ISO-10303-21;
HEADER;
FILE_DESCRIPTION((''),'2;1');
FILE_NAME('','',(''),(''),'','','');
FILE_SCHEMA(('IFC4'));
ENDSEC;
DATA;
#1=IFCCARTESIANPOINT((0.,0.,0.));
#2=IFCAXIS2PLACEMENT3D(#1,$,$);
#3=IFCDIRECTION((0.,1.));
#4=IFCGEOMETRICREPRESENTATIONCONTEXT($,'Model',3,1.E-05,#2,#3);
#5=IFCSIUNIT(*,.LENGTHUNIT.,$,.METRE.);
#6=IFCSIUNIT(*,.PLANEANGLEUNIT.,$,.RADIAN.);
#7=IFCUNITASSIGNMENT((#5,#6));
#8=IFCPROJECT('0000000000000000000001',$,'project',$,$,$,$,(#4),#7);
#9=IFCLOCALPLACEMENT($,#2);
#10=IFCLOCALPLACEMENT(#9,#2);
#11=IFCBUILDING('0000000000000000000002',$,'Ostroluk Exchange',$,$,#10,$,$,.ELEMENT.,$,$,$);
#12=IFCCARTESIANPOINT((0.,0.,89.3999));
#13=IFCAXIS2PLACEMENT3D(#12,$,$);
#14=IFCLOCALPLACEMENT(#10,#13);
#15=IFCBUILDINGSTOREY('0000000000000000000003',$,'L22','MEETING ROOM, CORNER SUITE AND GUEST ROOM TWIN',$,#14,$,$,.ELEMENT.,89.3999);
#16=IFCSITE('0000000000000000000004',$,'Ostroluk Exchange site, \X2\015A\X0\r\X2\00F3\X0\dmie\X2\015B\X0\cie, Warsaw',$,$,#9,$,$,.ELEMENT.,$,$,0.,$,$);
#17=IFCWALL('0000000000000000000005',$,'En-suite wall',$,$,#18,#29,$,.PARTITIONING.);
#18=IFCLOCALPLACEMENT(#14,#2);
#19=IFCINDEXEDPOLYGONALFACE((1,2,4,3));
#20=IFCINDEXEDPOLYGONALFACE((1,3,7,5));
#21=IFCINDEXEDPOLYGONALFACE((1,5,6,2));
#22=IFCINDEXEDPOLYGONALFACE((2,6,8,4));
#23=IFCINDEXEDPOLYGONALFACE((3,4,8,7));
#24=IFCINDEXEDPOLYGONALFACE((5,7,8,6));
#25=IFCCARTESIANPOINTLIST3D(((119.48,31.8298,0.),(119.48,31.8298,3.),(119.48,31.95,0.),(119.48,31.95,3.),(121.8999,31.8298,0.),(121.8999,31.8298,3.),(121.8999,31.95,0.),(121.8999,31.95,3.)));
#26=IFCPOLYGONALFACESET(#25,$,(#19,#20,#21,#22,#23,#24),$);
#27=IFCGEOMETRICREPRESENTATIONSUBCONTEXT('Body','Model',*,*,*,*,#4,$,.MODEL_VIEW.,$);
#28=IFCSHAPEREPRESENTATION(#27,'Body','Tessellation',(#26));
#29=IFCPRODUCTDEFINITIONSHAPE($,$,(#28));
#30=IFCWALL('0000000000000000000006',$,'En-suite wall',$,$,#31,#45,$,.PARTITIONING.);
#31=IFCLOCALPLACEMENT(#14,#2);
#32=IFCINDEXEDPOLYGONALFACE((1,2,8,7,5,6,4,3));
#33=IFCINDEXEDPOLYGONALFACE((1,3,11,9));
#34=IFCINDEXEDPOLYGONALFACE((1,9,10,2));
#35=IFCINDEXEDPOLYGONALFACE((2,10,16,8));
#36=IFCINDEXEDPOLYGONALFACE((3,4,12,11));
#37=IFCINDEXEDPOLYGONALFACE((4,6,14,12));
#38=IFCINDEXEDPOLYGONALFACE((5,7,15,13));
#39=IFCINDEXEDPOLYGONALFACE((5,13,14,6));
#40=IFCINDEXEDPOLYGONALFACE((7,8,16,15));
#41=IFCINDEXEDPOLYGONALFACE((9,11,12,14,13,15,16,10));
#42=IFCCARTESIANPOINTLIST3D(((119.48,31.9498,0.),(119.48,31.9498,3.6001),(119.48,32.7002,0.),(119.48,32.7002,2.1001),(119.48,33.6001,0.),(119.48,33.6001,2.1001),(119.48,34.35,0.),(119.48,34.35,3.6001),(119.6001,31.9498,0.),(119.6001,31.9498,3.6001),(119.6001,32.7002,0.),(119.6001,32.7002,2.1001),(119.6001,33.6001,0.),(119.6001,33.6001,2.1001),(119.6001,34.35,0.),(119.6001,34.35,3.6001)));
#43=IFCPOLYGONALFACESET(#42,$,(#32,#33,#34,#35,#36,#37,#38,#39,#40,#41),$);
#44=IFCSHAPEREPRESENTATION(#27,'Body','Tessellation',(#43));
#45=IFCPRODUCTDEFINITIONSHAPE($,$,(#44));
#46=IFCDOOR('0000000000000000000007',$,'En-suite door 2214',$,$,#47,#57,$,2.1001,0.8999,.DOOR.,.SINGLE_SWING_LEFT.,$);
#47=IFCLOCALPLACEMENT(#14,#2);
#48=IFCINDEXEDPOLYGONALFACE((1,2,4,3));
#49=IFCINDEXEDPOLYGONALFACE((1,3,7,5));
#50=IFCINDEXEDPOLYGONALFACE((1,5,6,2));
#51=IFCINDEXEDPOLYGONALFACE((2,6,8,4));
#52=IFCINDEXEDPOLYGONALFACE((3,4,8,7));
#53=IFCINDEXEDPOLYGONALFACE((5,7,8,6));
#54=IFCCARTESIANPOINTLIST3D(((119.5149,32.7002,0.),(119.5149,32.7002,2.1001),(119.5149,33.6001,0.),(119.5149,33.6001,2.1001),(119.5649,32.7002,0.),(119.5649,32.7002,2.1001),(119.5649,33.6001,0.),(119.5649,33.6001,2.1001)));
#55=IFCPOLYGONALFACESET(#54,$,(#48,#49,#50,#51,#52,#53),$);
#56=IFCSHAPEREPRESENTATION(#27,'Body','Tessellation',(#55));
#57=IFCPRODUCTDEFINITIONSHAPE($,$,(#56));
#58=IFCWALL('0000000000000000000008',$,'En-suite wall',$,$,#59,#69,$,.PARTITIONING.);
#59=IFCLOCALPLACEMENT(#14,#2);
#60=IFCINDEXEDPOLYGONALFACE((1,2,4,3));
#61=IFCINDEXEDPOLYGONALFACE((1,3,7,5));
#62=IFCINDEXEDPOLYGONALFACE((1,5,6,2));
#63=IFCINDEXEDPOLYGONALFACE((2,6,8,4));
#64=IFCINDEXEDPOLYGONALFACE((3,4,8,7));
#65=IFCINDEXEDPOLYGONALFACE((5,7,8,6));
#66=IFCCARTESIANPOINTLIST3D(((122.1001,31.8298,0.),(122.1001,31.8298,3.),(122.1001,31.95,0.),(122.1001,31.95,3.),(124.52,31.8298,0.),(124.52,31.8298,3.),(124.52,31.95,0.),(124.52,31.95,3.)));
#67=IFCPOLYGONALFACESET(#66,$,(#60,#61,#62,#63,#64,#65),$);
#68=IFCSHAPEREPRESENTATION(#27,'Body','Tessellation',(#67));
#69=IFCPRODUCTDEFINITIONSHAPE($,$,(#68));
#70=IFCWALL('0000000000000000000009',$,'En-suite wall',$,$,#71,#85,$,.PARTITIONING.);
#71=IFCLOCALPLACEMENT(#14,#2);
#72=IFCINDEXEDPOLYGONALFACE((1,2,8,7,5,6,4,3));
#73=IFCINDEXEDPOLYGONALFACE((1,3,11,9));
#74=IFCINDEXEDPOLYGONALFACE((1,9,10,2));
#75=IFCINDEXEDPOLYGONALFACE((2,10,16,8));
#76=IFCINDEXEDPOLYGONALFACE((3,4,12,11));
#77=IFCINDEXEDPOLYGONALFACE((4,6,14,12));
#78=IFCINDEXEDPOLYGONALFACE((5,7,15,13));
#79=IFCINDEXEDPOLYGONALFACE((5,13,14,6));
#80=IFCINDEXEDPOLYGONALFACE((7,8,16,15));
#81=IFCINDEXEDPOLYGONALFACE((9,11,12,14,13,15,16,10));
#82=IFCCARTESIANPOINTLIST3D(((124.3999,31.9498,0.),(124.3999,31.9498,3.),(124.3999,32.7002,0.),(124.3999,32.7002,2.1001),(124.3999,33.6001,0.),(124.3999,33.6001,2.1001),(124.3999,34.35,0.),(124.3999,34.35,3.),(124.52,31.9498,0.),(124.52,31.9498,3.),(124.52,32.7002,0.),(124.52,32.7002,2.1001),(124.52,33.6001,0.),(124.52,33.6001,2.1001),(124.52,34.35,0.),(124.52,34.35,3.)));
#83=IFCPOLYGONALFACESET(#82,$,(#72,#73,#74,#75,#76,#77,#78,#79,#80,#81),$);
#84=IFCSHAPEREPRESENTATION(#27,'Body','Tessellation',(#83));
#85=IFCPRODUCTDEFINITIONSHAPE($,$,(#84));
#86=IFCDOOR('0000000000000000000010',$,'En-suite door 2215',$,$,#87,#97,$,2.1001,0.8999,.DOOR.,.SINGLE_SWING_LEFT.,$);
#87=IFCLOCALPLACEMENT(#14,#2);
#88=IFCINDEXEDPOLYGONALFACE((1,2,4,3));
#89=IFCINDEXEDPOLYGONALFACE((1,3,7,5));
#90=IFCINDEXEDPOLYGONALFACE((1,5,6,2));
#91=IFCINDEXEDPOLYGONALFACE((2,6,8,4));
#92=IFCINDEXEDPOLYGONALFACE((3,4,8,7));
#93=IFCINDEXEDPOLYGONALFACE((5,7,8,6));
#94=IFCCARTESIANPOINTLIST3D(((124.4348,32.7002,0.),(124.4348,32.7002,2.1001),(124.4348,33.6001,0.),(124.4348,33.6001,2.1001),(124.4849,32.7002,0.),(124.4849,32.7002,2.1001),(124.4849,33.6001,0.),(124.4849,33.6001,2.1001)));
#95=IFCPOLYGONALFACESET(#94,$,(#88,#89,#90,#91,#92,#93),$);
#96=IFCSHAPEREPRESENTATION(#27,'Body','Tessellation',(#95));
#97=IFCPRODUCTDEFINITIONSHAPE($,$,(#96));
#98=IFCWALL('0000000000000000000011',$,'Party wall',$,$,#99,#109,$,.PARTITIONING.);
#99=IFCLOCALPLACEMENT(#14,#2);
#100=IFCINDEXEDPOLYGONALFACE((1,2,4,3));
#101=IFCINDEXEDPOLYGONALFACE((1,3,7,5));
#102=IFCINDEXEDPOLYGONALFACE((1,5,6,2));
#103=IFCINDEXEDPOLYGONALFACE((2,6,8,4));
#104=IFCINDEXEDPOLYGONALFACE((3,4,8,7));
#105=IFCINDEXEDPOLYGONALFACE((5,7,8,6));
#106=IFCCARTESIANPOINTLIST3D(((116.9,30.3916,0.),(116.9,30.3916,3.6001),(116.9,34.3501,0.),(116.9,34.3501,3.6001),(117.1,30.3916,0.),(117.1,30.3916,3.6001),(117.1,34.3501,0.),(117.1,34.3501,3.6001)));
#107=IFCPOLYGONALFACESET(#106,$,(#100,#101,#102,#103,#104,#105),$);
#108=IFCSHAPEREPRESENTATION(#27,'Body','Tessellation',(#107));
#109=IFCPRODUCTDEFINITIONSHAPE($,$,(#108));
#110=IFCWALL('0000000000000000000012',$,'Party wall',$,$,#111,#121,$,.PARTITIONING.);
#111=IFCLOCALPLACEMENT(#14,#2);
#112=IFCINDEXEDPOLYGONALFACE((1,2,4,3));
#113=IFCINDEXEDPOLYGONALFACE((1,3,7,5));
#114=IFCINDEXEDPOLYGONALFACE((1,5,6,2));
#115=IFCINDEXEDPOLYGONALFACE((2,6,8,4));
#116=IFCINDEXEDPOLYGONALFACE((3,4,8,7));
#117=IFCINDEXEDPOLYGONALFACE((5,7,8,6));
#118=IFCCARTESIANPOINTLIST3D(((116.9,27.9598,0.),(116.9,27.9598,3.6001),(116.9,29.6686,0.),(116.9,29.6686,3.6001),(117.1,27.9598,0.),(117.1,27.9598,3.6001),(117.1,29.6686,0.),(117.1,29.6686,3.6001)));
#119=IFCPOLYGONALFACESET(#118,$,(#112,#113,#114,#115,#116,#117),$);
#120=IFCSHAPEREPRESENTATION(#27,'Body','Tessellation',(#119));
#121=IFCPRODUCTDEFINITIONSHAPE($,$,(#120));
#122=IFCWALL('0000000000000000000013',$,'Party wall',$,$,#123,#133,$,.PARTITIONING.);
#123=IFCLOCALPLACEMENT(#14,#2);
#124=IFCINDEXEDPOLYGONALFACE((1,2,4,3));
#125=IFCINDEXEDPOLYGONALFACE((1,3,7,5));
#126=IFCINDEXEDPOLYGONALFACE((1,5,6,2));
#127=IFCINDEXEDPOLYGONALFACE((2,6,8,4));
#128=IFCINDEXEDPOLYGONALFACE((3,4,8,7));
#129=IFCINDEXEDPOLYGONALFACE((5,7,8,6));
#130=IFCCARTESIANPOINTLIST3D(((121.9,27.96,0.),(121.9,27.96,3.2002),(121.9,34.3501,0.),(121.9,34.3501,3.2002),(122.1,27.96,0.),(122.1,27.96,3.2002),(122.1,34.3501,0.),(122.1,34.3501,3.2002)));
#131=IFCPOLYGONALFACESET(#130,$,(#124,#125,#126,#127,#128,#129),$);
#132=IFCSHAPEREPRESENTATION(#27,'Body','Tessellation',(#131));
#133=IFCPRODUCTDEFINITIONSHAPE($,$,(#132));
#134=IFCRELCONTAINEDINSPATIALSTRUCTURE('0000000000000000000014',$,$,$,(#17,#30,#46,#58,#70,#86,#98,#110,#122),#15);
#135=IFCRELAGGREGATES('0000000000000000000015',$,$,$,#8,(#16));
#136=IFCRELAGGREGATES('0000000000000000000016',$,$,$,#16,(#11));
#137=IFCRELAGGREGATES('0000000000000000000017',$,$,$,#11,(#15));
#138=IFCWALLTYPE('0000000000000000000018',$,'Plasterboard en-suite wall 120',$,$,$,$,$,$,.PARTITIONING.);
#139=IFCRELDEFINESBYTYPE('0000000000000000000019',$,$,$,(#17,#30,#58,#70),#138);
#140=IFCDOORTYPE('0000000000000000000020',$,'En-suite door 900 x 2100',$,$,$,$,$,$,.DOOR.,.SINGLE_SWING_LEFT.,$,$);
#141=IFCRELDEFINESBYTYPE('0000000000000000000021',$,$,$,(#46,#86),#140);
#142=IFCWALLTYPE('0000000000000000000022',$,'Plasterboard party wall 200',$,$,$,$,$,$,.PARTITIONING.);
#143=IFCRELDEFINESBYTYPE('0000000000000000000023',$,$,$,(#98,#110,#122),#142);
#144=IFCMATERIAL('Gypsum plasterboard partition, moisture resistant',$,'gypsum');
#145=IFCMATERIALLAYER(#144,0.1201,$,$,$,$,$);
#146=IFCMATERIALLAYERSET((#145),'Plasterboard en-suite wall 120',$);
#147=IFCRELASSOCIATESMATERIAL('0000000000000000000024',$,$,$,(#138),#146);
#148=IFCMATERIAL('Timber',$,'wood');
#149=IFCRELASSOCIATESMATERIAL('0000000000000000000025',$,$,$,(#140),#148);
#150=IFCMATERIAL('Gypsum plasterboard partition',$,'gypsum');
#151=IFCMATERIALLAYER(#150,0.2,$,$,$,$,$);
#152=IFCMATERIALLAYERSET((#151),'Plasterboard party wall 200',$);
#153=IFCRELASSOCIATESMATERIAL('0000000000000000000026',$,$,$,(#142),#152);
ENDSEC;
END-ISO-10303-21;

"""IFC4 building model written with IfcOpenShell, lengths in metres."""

from ifc_helpers import new_model, si_unit, direction, frame, frame_2d, origin, place, context, subcontext, project, spatial, rectangle, extrude, material, layer, layer_set, type_object, element, fill, save


model = new_model("IFC4")

# Units and contexts
model_context = context("Model", 3, precision=1e-05, world=origin(), true_north=direction((0.0, 1.0)))
body_context = subcontext(model_context, "Body", "Model", "MODEL_VIEW")
ifc_project = project(units=[si_unit("LENGTHUNIT", "METRE"), si_unit("PLANEANGLEUNIT", "RADIAN")], contexts=[model_context])

# Site, building, storey
site_placement = place(None, origin())
site = spatial("IfcSite", under=ifc_project, at=site_placement, Name="Ostroluk Exchange site, Śródmieście, Warsaw", CompositionType="ELEMENT", RefElevation=0.0)
building_placement = place(site_placement, origin())
building = spatial("IfcBuilding", under=site, at=building_placement, Name="Ostroluk Exchange", CompositionType="ELEMENT")
storey_placement = place(building_placement, frame((0.0, 0.0, 89.3999)))
storey = spatial("IfcBuildingStorey", under=building, at=storey_placement, Name="L22", Description="MEETING ROOM, CORNER SUITE AND GUEST ROOM TWIN", CompositionType="ELEMENT", Elevation=89.3999)

# Shared definitions
ifc_material_1 = material(Name="Gypsum plasterboard partition, moisture resistant", Category="gypsum")
ifc_layer_1 = layer(ifc_material_1, 0.1201)
ifc_layer_set_1 = layer_set([ifc_layer_1], Name="Plasterboard en-suite wall 120")
wall_type_1 = type_object("IfcWallType", Name="Plasterboard en-suite wall 120", PredefinedType="PARTITIONING", material=ifc_layer_set_1)
ifc_material_2 = material(Name="Timber", Category="wood")
door_type = type_object("IfcDoorType", Name="En-suite door 900 x 2100", OperationType="SINGLE_SWING_LEFT", PredefinedType="DOOR", material=ifc_material_2)

# Wall
wall_1_placement = place(storey_placement, frame((119.48, 31.8899, 0.0), z_axis=(0.0, 0.0, 1.0), x_axis=(1.0, 0.0, 0.0)))
element("IfcWall", 1, at=wall_1_placement, inside=storey, type_object=wall_type_1, Name="En-suite wall", PredefinedType="PARTITIONING", context=body_context, shape_type="SweptSolid", body=[
    extrude(rectangle(XDim=2.4199, YDim=0.1201, at=frame_2d((1.21, 0.0))), origin(), (0.0, 0.0, 1.0), 3.0),
])

# Wall, opening, door
wall_2_placement = place(storey_placement, frame((119.54, 34.3501, 0.0), z_axis=(0.0, 0.0, 1.0), x_axis=(0.0, -1.0, 0.0)))
wall_2 = element("IfcWall", 2, at=wall_2_placement, inside=storey, type_object=wall_type_1, Name="En-suite wall", PredefinedType="PARTITIONING", context=body_context, shape_type="SweptSolid", body=[
    extrude(rectangle(XDim=2.4001, YDim=0.1201, at=frame_2d((1.2002, 0.0))), origin(), (0.0, 0.0, 1.0), 3.6001),
])
opening_1_placement = place(wall_2_placement, frame((0.75, 0.0, 0.0)))
opening_1 = element("IfcOpeningElement", 3, at=opening_1_placement, cuts=wall_2, PredefinedType="OPENING", context=body_context, shape_type="SweptSolid", body=[
    extrude(rectangle(XDim=0.8999, YDim=2.1001, at=frame_2d((0.45, 1.05))), frame((0.0, 0.0701, 0.0), z_axis=(0.0, -1.0, 0.0), x_axis=(1.0, 0.0, 0.0)), (0.0, 0.0, 1.0), 0.1401),
])
door_1_placement = place(opening_1_placement, origin())
door_1 = element("IfcDoor", 4, at=door_1_placement, inside=storey, type_object=door_type, Name="En-suite door 2214", OperationType="SINGLE_SWING_LEFT", OverallHeight=2.1001, OverallWidth=0.8999, PredefinedType="DOOR", context=body_context, shape_type="SweptSolid", body=[
    extrude(rectangle(XDim=0.8999, YDim=2.1001, at=frame_2d((0.45, 1.05))), frame((0.0, 0.0249, 0.0), z_axis=(0.0, -1.0, 0.0), x_axis=(1.0, 0.0, 0.0)), (0.0, 0.0, 1.0), 0.05),
])
fill(opening_1, door_1)

# Wall
wall_3_placement = place(storey_placement, frame((122.1001, 31.8899, 0.0), z_axis=(0.0, 0.0, 1.0), x_axis=(1.0, 0.0, 0.0)))
element("IfcWall", 5, at=wall_3_placement, inside=storey, type_object=wall_type_1, Name="En-suite wall", PredefinedType="PARTITIONING", context=body_context, shape_type="SweptSolid", body=[
    extrude(rectangle(XDim=2.4199, YDim=0.1201, at=frame_2d((1.21, 0.0))), origin(), (0.0, 0.0, 1.0), 3.0),
])

# Wall, opening, door
wall_4_placement = place(storey_placement, frame((124.46, 34.3501, 0.0), z_axis=(0.0, 0.0, 1.0), x_axis=(0.0, -1.0, 0.0)))
wall_4 = element("IfcWall", 6, at=wall_4_placement, inside=storey, type_object=wall_type_1, Name="En-suite wall", PredefinedType="PARTITIONING", context=body_context, shape_type="SweptSolid", body=[
    extrude(rectangle(XDim=2.4001, YDim=0.1201, at=frame_2d((1.2002, 0.0))), origin(), (0.0, 0.0, 1.0), 3.0),
])
opening_2_placement = place(wall_4_placement, frame((0.75, 0.0, 0.0)))
opening_2 = element("IfcOpeningElement", 7, at=opening_2_placement, cuts=wall_4, PredefinedType="OPENING", context=body_context, shape_type="SweptSolid", body=[
    extrude(rectangle(XDim=0.8999, YDim=2.1001, at=frame_2d((0.45, 1.05))), frame((0.0, 0.0701, 0.0), z_axis=(0.0, -1.0, 0.0), x_axis=(1.0, 0.0, 0.0)), (0.0, 0.0, 1.0), 0.1401),
])
door_2_placement = place(opening_2_placement, origin())
door_2 = element("IfcDoor", 8, at=door_2_placement, inside=storey, type_object=door_type, Name="En-suite door 2215", OperationType="SINGLE_SWING_LEFT", OverallHeight=2.1001, OverallWidth=0.8999, PredefinedType="DOOR", context=body_context, shape_type="SweptSolid", body=[
    extrude(rectangle(XDim=0.8999, YDim=2.1001, at=frame_2d((0.45, 1.05))), frame((0.0, 0.0249, 0.0), z_axis=(0.0, -1.0, 0.0), x_axis=(1.0, 0.0, 0.0)), (0.0, 0.0, 1.0), 0.05),
])
fill(opening_2, door_2)

# Walls
ifc_material_3 = material(Name="Gypsum plasterboard partition", Category="gypsum")
ifc_layer_2 = layer(ifc_material_3, 0.2)
ifc_layer_set_2 = layer_set([ifc_layer_2], Name="Plasterboard party wall 200")
wall_type_2 = type_object("IfcWallType", Name="Plasterboard party wall 200", PredefinedType="PARTITIONING", material=ifc_layer_set_2)
wall_5_placement = place(storey_placement, frame((117.0, 34.3501, 0.0), z_axis=(0.0, 0.0, 1.0), x_axis=(0.0, -1.0, 0.0)))
element("IfcWall", 9, at=wall_5_placement, inside=storey, type_object=wall_type_2, Name="Party wall", PredefinedType="PARTITIONING", context=body_context, shape_type="SweptSolid", body=[
    extrude(rectangle(XDim=3.9585, YDim=0.2, at=frame_2d((1.9792, 0.0))), origin(), (0.0, 0.0, 1.0), 3.6001),
])
wall_6_placement = place(storey_placement, frame((117.0, 29.6687, 0.0), z_axis=(0.0, 0.0, 1.0), x_axis=(0.0, -1.0, 0.0)))
element("IfcWall", 10, at=wall_6_placement, inside=storey, type_object=wall_type_2, Name="Party wall", PredefinedType="PARTITIONING", context=body_context, shape_type="SweptSolid", body=[
    extrude(rectangle(XDim=1.7087, YDim=0.2, at=frame_2d((0.8545, 0.0))), origin(), (0.0, 0.0, 1.0), 3.6001),
])
wall_7_placement = place(storey_placement, frame((122.0, 34.3501, 0.0), z_axis=(0.0, 0.0, 1.0), x_axis=(0.0, -1.0, 0.0)))
element("IfcWall", 11, at=wall_7_placement, inside=storey, type_object=wall_type_2, Name="Party wall", PredefinedType="PARTITIONING", context=body_context, shape_type="SweptSolid", body=[
    extrude(rectangle(XDim=6.3901, YDim=0.2, at=frame_2d((3.1951, 0.0))), origin(), (0.0, 0.0, 1.0), 3.2002),
])

save(model, "model.ifc")
